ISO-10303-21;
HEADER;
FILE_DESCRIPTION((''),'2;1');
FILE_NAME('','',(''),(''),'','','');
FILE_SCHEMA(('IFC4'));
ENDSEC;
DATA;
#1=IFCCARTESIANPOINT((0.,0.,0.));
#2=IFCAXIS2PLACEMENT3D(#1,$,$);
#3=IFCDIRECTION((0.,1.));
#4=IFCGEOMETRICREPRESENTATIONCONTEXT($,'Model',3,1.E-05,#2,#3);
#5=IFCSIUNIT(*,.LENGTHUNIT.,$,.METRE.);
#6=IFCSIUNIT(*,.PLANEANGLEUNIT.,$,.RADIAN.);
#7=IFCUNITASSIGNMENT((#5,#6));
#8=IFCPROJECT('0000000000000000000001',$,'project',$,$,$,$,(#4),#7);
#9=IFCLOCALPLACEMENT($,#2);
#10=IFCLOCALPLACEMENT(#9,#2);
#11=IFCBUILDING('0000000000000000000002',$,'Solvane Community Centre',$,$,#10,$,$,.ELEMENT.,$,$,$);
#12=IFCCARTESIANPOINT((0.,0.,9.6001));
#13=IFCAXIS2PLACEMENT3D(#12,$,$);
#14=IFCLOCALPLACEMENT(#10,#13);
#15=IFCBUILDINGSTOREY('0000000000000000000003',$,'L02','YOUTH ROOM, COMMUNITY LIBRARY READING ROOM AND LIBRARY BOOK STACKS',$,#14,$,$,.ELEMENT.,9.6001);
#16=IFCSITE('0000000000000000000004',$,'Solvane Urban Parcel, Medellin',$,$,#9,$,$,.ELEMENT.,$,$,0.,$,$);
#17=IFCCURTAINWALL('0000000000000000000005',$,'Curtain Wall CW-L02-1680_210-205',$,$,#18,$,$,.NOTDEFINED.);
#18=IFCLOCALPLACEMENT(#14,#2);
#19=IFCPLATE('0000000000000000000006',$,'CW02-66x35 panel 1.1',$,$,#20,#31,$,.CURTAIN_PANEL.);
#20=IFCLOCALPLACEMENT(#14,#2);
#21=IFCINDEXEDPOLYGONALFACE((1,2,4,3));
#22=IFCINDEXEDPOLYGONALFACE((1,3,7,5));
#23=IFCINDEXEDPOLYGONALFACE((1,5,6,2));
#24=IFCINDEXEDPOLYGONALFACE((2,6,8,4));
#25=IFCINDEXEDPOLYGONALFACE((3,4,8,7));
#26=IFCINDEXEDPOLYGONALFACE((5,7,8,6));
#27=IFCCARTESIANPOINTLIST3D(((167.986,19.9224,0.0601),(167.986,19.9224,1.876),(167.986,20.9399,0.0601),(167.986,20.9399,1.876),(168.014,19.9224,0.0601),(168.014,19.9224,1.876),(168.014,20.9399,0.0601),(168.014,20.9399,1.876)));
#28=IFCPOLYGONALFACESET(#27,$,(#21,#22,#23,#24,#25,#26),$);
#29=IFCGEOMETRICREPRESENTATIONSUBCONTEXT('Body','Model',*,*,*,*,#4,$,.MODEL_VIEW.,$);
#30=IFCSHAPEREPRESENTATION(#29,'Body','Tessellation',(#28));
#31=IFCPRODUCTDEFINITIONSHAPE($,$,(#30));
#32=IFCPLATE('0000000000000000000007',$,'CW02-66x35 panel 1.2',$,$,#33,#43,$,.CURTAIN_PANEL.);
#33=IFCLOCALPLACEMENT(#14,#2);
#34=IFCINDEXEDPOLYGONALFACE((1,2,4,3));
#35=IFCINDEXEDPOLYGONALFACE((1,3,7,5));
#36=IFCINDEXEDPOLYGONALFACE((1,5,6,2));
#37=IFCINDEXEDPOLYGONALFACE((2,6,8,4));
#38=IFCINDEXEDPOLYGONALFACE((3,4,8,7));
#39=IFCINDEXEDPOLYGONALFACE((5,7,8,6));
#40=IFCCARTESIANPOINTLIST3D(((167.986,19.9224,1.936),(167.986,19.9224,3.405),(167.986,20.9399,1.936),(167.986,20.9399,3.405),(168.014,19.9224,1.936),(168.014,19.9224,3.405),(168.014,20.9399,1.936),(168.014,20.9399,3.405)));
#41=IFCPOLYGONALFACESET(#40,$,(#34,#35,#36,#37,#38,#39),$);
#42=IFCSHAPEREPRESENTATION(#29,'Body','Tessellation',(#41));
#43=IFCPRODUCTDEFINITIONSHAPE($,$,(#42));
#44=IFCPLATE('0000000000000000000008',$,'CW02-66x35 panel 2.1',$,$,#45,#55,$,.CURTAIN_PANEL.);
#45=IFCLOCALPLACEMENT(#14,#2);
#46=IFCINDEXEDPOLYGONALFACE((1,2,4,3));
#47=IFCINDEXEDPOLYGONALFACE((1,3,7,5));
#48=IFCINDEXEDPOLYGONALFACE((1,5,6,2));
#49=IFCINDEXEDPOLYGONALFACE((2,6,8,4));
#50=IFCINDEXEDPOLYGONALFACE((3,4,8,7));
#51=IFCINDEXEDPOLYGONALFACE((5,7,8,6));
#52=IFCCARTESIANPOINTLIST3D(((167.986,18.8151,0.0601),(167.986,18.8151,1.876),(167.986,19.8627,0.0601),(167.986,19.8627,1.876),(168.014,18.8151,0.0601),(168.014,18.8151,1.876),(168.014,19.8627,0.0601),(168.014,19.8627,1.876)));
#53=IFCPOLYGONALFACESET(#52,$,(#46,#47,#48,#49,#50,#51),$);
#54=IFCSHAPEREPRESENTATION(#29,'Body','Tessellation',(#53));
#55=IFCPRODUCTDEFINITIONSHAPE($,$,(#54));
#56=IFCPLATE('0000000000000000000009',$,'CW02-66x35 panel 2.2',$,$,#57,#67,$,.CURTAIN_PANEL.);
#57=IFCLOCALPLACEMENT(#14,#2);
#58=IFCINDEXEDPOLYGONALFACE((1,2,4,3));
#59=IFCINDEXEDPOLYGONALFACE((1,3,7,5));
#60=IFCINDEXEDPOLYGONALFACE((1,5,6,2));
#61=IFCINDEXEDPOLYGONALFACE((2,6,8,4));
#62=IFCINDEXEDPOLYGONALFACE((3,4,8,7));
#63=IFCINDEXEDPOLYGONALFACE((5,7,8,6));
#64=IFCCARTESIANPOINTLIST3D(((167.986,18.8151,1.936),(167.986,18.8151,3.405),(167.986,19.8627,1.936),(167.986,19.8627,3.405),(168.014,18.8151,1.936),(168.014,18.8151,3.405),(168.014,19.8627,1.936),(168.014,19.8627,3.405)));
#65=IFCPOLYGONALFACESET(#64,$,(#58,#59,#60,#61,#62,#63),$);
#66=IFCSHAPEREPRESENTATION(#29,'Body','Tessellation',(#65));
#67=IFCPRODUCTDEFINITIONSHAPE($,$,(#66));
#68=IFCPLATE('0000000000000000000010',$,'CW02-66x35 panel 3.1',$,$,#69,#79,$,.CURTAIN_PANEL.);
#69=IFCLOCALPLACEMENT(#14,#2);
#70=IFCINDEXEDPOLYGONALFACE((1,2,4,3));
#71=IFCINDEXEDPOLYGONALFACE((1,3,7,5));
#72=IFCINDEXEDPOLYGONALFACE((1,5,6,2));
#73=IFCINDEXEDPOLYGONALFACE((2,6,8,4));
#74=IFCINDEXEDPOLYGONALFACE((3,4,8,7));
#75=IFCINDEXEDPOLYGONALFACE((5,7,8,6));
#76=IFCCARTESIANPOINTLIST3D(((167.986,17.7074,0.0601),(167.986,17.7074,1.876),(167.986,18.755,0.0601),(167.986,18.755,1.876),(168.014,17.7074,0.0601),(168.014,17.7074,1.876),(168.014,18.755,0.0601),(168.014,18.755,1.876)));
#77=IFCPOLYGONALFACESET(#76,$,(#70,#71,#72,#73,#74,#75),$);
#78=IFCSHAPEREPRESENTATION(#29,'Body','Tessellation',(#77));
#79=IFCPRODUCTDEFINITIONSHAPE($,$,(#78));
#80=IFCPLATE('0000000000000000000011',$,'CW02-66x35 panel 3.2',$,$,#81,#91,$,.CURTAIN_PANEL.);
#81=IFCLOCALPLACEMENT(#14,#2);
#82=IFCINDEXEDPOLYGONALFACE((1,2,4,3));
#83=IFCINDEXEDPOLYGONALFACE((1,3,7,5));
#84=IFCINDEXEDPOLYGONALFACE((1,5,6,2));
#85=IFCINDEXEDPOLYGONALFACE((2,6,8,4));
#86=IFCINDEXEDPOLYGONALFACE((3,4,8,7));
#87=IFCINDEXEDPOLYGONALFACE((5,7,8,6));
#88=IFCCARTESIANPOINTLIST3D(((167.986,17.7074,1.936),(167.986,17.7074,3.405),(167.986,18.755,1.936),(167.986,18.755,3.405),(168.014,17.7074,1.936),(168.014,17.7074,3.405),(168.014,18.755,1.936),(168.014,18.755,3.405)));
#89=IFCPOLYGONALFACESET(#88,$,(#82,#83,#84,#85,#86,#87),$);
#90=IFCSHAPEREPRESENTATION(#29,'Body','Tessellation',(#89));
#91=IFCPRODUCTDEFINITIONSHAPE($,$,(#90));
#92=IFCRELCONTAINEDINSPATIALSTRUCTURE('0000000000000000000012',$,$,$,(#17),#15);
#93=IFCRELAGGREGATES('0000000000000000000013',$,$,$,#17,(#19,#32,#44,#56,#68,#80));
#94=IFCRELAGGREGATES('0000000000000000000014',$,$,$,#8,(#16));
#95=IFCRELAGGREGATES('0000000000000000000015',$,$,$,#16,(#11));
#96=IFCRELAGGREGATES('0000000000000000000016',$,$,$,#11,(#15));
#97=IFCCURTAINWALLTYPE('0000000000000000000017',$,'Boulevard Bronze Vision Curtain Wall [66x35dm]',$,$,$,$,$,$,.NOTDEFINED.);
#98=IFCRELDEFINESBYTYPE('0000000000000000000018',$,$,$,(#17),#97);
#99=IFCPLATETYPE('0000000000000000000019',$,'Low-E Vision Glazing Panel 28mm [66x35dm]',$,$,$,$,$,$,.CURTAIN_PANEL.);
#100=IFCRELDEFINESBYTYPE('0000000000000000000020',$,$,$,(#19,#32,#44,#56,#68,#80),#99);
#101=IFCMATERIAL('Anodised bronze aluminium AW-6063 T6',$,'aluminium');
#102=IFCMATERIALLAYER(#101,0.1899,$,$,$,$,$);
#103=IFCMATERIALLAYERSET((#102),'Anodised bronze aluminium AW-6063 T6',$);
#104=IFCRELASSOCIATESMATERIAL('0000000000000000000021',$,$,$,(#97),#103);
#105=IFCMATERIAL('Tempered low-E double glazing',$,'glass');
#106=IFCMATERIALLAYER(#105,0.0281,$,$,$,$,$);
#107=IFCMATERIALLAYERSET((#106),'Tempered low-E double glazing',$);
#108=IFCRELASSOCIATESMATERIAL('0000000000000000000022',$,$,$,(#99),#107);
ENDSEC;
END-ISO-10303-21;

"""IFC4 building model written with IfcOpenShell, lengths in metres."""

from ifc_helpers import new_model, si_unit, direction, frame, origin, origin_2d, place, context, subcontext, project, spatial, rectangle, extrude, material, layer, layer_set, type_object, element, aggregate, save


model = new_model("IFC4")

# Units and contexts
model_context = context("Model", 3, precision=1e-05, world=origin(), true_north=direction((0.0, 1.0)))
body_context = subcontext(model_context, "Body", "Model", "MODEL_VIEW")
ifc_project = project(units=[si_unit("LENGTHUNIT", "METRE"), si_unit("PLANEANGLEUNIT", "RADIAN")], contexts=[model_context])

# Site, building, storey
site_placement = place(None, origin())
site = spatial("IfcSite", under=ifc_project, at=site_placement, Name="Solvane Urban Parcel, Medellin", CompositionType="ELEMENT", RefElevation=0.0)
building_placement = place(site_placement, origin())
building = spatial("IfcBuilding", under=site, at=building_placement, Name="Solvane Community Centre", CompositionType="ELEMENT")
storey_placement = place(building_placement, frame((0.0, 0.0, 9.6001)))
storey = spatial("IfcBuildingStorey", under=building, at=storey_placement, Name="L02", Description="YOUTH ROOM, COMMUNITY LIBRARY READING ROOM AND LIBRARY BOOK STACKS", CompositionType="ELEMENT", Elevation=9.6001)

# Curtain wall, plates
ifc_material_1 = material(Name="Anodised bronze aluminium AW-6063 T6", Category="aluminium")
ifc_layer_1 = layer(ifc_material_1, 0.1899)
ifc_layer_set_1 = layer_set([ifc_layer_1], Name="Anodised bronze aluminium AW-6063 T6")
curtain_wall_type = type_object("IfcCurtainWallType", Name="Boulevard Bronze Vision Curtain Wall [66x35dm]", PredefinedType="NOTDEFINED", material=ifc_layer_set_1)
curtain_wall_placement = place(storey_placement, origin())
curtain_wall = element("IfcCurtainWall", 1, at=curtain_wall_placement, inside=storey, type_object=curtain_wall_type, Name="Curtain Wall CW-L02-1680_210-205", PredefinedType="NOTDEFINED")
ifc_material_2 = material(Name="Tempered low-E double glazing", Category="glass")
ifc_layer_2 = layer(ifc_material_2, 0.0281)
ifc_layer_set_2 = layer_set([ifc_layer_2], Name="Tempered low-E double glazing")
plate_type = type_object("IfcPlateType", Name="Low-E Vision Glazing Panel 28mm [66x35dm]", PredefinedType="CURTAIN_PANEL", material=ifc_layer_set_2)
plate_1_placement = place(storey_placement, frame((168.0, 20.4312, 0.0601), z_axis=(0.0, 0.0, 1.0), x_axis=(0.0, -1.0, 0.0)))
plate_1 = element("IfcPlate", 2, at=plate_1_placement, type_object=plate_type, Name="CW02-66x35 panel 1.1", PredefinedType="CURTAIN_PANEL", context=body_context, shape_type="SweptSolid", body=[
    extrude(rectangle(XDim=1.0176, YDim=0.0281, at=origin_2d()), origin(), (0.0, 0.0, 1.0), 1.8159),
])
plate_2_placement = place(storey_placement, frame((168.0, 20.4312, 1.936), z_axis=(0.0, 0.0, 1.0), x_axis=(0.0, -1.0, 0.0)))
plate_2 = element("IfcPlate", 3, at=plate_2_placement, type_object=plate_type, Name="CW02-66x35 panel 1.2", PredefinedType="CURTAIN_PANEL", context=body_context, shape_type="SweptSolid", body=[
    extrude(rectangle(XDim=1.0176, YDim=0.0281, at=origin_2d()), origin(), (0.0, 0.0, 1.0), 1.469),
])
plate_3_placement = place(storey_placement, frame((168.0, 19.3389, 0.0601), z_axis=(0.0, 0.0, 1.0), x_axis=(0.0, -1.0, 0.0)))
plate_3 = element("IfcPlate", 4, at=plate_3_placement, type_object=plate_type, Name="CW02-66x35 panel 2.1", PredefinedType="CURTAIN_PANEL", context=body_context, shape_type="SweptSolid", body=[
    extrude(rectangle(XDim=1.0476, YDim=0.0281, at=origin_2d()), origin(), (0.0, 0.0, 1.0), 1.8159),
])
plate_4_placement = place(storey_placement, frame((168.0, 19.3389, 1.936), z_axis=(0.0, 0.0, 1.0), x_axis=(0.0, -1.0, 0.0)))
plate_4 = element("IfcPlate", 5, at=plate_4_placement, type_object=plate_type, Name="CW02-66x35 panel 2.2", PredefinedType="CURTAIN_PANEL", context=body_context, shape_type="SweptSolid", body=[
    extrude(rectangle(XDim=1.0476, YDim=0.0281, at=origin_2d()), origin(), (0.0, 0.0, 1.0), 1.469),
])
plate_5_placement = place(storey_placement, frame((168.0, 18.2312, 0.0601), z_axis=(0.0, 0.0, 1.0), x_axis=(0.0, -1.0, 0.0)))
plate_5 = element("IfcPlate", 6, at=plate_5_placement, type_object=plate_type, Name="CW02-66x35 panel 3.1", PredefinedType="CURTAIN_PANEL", context=body_context, shape_type="SweptSolid", body=[
    extrude(rectangle(XDim=1.0476, YDim=0.0281, at=origin_2d()), origin(), (0.0, 0.0, 1.0), 1.8159),
])
plate_6_placement = place(storey_placement, frame((168.0, 18.2312, 1.936), z_axis=(0.0, 0.0, 1.0), x_axis=(0.0, -1.0, 0.0)))
plate_6 = element("IfcPlate", 7, at=plate_6_placement, type_object=plate_type, Name="CW02-66x35 panel 3.2", PredefinedType="CURTAIN_PANEL", context=body_context, shape_type="SweptSolid", body=[
    extrude(rectangle(XDim=1.0476, YDim=0.0281, at=origin_2d()), origin(), (0.0, 0.0, 1.0), 1.469),
])
aggregate(curtain_wall, [plate_1, plate_2, plate_3, plate_4, plate_5, plate_6])

save(model, "model.ifc")
